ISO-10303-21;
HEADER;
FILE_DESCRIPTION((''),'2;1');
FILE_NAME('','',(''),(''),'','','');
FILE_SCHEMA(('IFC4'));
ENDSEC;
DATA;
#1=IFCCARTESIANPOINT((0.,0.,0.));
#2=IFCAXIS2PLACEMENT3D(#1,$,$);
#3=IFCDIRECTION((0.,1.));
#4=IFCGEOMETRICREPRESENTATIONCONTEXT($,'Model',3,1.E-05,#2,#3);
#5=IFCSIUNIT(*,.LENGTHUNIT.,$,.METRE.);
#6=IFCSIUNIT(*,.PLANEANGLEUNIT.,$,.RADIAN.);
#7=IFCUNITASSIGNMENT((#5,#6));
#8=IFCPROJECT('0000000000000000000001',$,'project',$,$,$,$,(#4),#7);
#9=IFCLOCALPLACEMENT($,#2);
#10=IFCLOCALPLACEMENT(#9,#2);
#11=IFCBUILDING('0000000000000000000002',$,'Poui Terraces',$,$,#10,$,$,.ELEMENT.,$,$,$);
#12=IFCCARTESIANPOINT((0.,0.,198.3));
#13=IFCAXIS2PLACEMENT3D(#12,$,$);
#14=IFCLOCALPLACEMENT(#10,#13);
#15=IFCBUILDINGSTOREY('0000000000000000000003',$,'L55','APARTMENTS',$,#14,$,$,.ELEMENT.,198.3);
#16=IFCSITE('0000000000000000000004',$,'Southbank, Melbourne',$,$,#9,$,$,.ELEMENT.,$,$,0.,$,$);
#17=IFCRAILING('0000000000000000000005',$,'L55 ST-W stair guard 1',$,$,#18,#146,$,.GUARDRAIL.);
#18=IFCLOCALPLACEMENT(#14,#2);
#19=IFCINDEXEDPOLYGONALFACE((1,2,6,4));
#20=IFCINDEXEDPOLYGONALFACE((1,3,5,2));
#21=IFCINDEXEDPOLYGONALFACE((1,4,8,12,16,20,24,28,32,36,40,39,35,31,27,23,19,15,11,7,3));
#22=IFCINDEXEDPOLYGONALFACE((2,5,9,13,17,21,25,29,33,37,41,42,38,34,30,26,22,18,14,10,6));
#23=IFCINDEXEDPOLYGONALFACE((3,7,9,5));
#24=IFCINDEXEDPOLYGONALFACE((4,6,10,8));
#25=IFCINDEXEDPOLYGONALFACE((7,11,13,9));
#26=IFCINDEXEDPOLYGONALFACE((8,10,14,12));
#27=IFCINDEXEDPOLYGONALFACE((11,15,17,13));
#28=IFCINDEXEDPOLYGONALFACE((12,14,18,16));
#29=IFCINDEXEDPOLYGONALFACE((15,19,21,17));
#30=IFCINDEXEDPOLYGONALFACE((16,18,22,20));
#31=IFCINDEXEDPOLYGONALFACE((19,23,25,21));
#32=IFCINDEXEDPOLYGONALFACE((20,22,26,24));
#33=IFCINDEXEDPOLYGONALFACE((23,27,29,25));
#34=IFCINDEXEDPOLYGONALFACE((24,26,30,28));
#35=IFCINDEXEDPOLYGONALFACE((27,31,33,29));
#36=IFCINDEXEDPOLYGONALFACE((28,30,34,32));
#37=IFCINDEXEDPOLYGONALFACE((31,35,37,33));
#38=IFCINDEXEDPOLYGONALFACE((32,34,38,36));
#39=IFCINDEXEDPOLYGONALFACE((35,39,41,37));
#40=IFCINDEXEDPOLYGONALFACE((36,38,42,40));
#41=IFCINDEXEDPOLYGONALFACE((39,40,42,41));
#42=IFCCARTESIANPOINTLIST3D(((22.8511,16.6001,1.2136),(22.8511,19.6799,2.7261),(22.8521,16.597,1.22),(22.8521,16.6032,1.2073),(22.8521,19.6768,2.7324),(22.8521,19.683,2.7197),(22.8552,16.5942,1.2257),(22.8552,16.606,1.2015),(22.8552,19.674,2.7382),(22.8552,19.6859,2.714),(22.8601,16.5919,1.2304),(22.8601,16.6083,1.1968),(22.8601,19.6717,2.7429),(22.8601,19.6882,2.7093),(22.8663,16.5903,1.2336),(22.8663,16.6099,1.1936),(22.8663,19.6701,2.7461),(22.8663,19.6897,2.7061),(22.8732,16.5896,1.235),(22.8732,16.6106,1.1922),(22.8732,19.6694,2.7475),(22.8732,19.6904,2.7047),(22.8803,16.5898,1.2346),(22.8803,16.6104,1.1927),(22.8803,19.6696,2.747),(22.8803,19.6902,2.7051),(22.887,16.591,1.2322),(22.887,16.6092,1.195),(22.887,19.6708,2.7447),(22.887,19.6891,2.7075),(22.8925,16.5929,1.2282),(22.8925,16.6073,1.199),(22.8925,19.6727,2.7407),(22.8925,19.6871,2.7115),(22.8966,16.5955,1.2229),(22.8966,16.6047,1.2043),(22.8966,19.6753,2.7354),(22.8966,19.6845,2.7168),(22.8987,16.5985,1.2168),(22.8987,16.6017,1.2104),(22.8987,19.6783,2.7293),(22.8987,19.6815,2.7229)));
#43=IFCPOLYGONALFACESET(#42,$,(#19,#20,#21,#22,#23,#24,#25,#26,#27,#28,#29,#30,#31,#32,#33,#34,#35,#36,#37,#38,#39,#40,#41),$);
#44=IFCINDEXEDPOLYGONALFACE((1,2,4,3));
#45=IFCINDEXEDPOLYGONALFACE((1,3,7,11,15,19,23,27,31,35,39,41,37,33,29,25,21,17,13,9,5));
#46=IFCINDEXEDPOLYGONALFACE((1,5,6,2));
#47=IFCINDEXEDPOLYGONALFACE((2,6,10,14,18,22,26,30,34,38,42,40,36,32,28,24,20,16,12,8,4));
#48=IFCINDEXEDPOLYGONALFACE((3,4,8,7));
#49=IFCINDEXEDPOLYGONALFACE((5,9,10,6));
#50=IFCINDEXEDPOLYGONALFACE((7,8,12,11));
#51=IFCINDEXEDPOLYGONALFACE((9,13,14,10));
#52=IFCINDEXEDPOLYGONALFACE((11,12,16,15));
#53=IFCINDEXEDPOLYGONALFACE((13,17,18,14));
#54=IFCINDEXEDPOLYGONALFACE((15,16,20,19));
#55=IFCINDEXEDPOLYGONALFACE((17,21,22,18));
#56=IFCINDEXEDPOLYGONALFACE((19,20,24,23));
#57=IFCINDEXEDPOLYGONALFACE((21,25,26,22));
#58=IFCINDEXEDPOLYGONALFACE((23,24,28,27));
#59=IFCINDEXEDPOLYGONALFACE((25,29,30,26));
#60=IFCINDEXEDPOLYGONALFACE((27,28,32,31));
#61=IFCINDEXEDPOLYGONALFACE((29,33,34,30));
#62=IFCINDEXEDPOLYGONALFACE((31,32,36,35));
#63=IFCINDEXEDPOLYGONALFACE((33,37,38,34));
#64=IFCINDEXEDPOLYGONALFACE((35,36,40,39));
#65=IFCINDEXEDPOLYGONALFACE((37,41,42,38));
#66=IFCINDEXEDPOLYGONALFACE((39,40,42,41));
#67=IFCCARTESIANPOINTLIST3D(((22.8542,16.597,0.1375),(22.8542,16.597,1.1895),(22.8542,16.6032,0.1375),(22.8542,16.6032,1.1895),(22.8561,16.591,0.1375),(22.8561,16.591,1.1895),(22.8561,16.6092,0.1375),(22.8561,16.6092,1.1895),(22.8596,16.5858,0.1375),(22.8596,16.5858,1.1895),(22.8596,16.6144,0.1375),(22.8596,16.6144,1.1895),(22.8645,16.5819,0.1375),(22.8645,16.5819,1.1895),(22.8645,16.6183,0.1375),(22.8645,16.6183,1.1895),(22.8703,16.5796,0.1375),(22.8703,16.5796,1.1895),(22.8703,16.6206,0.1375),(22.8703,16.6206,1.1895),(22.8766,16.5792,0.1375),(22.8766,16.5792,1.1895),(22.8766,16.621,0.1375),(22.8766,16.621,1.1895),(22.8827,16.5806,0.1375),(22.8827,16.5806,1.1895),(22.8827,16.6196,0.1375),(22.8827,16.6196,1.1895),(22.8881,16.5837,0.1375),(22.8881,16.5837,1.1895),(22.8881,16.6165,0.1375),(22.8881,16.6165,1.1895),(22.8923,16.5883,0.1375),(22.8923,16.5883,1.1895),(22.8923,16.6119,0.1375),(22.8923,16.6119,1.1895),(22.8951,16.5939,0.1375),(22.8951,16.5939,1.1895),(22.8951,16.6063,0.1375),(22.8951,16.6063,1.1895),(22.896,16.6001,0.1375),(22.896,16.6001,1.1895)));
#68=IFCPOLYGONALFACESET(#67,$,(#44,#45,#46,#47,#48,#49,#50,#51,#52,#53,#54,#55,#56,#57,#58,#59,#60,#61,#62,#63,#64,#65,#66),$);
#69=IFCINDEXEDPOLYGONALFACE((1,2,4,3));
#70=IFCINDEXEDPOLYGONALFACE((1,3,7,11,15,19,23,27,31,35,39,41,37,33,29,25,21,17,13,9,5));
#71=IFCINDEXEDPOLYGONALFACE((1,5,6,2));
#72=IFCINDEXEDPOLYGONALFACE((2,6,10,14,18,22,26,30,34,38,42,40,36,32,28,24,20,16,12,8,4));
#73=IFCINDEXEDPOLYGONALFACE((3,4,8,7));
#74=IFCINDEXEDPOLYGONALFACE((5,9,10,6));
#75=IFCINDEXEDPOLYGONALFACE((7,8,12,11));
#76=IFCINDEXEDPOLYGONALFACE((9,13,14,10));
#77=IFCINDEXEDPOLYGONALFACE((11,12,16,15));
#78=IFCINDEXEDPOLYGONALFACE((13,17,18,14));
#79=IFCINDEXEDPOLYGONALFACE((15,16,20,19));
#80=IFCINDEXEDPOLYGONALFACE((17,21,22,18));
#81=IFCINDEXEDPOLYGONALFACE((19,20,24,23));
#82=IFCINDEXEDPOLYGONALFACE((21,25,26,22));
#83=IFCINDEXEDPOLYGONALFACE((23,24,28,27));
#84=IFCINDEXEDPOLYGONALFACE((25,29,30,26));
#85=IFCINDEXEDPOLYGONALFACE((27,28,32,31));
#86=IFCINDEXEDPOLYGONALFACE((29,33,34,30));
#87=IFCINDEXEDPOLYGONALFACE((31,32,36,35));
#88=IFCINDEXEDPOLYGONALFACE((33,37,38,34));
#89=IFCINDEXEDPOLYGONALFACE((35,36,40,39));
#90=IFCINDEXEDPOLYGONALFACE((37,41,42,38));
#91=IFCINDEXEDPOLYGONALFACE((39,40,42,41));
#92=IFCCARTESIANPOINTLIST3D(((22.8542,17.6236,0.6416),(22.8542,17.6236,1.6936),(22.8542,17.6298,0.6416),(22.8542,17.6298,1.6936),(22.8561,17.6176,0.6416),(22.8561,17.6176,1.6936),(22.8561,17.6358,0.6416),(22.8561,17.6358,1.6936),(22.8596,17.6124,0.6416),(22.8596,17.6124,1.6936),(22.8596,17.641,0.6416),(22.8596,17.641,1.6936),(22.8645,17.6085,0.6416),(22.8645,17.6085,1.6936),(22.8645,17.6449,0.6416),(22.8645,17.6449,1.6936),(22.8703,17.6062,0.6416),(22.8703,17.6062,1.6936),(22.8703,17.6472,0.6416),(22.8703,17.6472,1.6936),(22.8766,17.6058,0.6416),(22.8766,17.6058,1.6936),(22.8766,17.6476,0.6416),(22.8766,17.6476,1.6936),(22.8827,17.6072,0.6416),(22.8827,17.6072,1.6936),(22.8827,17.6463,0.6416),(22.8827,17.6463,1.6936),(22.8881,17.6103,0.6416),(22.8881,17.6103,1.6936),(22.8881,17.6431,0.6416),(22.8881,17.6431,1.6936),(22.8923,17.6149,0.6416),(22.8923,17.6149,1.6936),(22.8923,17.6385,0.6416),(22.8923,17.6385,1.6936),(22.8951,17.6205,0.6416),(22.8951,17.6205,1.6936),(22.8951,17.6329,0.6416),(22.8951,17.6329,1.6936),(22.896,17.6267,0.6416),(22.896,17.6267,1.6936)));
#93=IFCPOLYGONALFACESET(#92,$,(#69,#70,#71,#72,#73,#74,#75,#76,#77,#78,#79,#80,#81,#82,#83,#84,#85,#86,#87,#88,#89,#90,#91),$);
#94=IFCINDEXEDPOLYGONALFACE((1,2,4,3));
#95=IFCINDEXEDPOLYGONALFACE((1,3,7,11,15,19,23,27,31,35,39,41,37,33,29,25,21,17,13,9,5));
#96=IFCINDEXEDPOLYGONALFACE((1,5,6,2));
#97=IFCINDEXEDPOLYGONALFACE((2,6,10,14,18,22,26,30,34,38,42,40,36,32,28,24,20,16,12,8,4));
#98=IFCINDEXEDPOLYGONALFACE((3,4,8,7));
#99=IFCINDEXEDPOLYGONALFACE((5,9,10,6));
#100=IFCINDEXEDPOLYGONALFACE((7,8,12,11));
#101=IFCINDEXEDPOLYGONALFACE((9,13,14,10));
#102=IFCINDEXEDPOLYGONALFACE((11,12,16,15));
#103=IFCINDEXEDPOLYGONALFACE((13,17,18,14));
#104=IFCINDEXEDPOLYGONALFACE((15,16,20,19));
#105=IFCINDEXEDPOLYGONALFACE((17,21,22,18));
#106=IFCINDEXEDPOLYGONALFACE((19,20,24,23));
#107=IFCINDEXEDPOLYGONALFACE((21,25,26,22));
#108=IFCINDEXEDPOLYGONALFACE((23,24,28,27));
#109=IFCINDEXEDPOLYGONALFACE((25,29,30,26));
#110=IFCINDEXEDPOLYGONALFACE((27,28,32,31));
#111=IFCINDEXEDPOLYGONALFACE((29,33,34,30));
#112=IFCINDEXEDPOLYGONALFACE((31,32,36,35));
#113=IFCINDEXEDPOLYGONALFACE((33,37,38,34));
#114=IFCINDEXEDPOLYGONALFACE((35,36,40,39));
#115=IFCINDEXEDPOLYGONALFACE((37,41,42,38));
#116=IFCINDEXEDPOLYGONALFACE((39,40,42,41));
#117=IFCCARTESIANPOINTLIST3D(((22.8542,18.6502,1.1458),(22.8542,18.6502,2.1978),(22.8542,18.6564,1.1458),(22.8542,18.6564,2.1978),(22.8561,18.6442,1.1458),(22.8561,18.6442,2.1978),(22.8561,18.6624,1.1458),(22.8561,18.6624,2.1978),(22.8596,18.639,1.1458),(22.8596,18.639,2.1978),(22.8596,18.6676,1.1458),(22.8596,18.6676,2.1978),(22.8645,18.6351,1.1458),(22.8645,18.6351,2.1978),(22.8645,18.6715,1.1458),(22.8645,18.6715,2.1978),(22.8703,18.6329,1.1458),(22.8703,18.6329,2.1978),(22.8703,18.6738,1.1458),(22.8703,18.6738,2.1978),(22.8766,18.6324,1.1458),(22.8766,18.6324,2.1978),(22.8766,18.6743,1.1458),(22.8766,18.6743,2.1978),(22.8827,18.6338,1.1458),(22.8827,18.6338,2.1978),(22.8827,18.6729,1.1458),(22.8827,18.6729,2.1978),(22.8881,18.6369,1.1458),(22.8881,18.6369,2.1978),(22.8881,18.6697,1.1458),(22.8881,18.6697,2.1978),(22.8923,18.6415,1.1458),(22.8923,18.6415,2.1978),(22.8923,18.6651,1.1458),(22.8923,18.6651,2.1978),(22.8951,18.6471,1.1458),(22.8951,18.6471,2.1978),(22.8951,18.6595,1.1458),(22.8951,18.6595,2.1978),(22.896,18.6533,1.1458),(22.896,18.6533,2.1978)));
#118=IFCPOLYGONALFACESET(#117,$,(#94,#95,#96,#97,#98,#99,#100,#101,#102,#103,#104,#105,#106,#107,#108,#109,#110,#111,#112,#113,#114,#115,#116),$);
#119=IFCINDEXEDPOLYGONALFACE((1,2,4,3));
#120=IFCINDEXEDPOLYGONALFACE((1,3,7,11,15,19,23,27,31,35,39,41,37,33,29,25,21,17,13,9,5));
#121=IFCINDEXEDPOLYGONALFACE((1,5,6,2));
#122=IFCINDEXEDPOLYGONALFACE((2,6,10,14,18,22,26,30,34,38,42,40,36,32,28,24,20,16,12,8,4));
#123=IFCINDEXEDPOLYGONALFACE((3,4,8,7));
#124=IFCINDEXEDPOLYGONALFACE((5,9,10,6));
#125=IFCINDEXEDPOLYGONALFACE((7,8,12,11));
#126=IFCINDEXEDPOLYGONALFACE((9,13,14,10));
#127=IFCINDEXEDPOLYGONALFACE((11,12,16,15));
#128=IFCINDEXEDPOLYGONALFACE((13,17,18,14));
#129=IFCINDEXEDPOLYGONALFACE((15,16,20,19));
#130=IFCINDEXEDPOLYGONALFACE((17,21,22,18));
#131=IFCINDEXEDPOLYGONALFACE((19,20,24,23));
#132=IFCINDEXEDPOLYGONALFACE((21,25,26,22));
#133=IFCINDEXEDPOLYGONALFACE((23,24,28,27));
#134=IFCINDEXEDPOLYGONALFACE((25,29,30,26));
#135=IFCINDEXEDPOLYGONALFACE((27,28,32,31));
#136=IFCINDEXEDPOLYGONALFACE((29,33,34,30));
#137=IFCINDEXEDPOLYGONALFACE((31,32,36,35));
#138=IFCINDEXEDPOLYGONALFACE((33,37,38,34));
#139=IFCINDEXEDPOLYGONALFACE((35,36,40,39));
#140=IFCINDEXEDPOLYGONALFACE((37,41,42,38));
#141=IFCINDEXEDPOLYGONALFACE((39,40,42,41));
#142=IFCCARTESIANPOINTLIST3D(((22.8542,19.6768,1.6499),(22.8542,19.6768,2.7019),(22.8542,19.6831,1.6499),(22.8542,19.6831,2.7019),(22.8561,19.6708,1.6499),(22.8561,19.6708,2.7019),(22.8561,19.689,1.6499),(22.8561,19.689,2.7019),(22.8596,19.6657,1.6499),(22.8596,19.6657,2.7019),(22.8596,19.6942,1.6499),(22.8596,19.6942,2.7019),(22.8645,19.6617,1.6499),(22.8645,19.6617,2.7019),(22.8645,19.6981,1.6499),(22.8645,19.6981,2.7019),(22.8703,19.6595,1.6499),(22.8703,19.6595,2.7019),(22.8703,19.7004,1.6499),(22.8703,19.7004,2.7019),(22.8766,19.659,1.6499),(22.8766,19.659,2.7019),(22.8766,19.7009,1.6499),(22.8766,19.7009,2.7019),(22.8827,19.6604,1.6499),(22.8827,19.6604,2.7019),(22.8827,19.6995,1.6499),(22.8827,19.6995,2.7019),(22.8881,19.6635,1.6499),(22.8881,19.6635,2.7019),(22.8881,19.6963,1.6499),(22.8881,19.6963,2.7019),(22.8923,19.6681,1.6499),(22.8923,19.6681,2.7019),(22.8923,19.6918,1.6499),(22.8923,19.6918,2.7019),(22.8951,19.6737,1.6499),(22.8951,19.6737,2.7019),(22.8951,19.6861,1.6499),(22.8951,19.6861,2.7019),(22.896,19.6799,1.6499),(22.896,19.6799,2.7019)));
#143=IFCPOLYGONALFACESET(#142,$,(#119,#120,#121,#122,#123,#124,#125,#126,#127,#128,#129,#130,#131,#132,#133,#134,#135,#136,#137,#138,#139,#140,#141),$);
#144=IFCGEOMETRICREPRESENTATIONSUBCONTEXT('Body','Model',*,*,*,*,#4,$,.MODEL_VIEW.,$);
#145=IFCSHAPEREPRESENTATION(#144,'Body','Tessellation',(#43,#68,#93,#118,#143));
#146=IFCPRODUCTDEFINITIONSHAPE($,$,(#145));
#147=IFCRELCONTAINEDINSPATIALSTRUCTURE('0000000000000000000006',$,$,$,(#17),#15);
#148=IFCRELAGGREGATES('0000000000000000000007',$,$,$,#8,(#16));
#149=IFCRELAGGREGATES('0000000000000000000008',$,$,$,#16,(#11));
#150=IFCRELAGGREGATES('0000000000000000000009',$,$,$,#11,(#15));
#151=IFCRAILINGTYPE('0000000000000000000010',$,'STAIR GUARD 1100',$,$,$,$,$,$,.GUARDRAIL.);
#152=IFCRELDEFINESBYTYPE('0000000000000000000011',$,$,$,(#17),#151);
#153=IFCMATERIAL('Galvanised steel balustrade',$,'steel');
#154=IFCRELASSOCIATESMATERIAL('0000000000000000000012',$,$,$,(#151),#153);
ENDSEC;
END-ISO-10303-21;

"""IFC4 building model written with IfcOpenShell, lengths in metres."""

from ifc_helpers import new_model, si_unit, direction, frame, origin, origin_2d, place, context, subcontext, project, spatial, circle, extrude, material, type_object, element, save


model = new_model("IFC4")

# Units and contexts
model_context = context("Model", 3, precision=1e-05, world=origin(), true_north=direction((0.0, 1.0)))
body_context = subcontext(model_context, "Body", "Model", "MODEL_VIEW")
ifc_project = project(units=[si_unit("LENGTHUNIT", "METRE"), si_unit("PLANEANGLEUNIT", "RADIAN")], contexts=[model_context])

# Site, building, storey
site_placement = place(None, origin())
site = spatial("IfcSite", under=ifc_project, at=site_placement, Name="Southbank, Melbourne", CompositionType="ELEMENT", RefElevation=0.0)
building_placement = place(site_placement, origin())
building = spatial("IfcBuilding", under=site, at=building_placement, Name="Poui Terraces", CompositionType="ELEMENT")
storey_placement = place(building_placement, frame((0.0, 0.0, 198.3)))
storey = spatial("IfcBuildingStorey", under=building, at=storey_placement, Name="L55", Description="APARTMENTS", CompositionType="ELEMENT", Elevation=198.3)

# Railing
ifc_material_1 = material(Name="Galvanised steel balustrade", Category="steel")
railing_type_1 = type_object("IfcRailingType", Name="STAIR GUARD 1100", PredefinedType="GUARDRAIL", material=ifc_material_1)
railing_1_placement = place(storey_placement, frame((22.875, 16.6001, 0.1375)))
element("IfcRailing", 1, at=railing_1_placement, inside=storey, type_object=railing_type_1, Name="L55 ST-W stair guard 1", PredefinedType="GUARDRAIL", context=body_context, shape_type="SweptSolid", body=[
    extrude(circle(Radius=0.0239, at=origin_2d()), frame((0.0, 0.0, 1.0762), z_axis=(0.0, 0.897606, 0.440798), x_axis=(-1.0, 0.0, 0.0)), (0.0, 0.0, 1.0), 3.4312),
    extrude(circle(Radius=0.021, at=origin_2d()), origin(), (0.0, 0.0, 1.0), 1.052),
    extrude(circle(Radius=0.021, at=origin_2d()), frame((0.0, 1.0266, 0.5042)), (0.0, 0.0, 1.0), 1.052),
    extrude(circle(Radius=0.021, at=origin_2d()), frame((0.0, 2.0532, 1.0083)), (0.0, 0.0, 1.0), 1.052),
    extrude(circle(Radius=0.021, at=origin_2d()), frame((0.0, 3.0798, 1.5125)), (0.0, 0.0, 1.0), 1.052),
])

save(model, "model.ifc")
